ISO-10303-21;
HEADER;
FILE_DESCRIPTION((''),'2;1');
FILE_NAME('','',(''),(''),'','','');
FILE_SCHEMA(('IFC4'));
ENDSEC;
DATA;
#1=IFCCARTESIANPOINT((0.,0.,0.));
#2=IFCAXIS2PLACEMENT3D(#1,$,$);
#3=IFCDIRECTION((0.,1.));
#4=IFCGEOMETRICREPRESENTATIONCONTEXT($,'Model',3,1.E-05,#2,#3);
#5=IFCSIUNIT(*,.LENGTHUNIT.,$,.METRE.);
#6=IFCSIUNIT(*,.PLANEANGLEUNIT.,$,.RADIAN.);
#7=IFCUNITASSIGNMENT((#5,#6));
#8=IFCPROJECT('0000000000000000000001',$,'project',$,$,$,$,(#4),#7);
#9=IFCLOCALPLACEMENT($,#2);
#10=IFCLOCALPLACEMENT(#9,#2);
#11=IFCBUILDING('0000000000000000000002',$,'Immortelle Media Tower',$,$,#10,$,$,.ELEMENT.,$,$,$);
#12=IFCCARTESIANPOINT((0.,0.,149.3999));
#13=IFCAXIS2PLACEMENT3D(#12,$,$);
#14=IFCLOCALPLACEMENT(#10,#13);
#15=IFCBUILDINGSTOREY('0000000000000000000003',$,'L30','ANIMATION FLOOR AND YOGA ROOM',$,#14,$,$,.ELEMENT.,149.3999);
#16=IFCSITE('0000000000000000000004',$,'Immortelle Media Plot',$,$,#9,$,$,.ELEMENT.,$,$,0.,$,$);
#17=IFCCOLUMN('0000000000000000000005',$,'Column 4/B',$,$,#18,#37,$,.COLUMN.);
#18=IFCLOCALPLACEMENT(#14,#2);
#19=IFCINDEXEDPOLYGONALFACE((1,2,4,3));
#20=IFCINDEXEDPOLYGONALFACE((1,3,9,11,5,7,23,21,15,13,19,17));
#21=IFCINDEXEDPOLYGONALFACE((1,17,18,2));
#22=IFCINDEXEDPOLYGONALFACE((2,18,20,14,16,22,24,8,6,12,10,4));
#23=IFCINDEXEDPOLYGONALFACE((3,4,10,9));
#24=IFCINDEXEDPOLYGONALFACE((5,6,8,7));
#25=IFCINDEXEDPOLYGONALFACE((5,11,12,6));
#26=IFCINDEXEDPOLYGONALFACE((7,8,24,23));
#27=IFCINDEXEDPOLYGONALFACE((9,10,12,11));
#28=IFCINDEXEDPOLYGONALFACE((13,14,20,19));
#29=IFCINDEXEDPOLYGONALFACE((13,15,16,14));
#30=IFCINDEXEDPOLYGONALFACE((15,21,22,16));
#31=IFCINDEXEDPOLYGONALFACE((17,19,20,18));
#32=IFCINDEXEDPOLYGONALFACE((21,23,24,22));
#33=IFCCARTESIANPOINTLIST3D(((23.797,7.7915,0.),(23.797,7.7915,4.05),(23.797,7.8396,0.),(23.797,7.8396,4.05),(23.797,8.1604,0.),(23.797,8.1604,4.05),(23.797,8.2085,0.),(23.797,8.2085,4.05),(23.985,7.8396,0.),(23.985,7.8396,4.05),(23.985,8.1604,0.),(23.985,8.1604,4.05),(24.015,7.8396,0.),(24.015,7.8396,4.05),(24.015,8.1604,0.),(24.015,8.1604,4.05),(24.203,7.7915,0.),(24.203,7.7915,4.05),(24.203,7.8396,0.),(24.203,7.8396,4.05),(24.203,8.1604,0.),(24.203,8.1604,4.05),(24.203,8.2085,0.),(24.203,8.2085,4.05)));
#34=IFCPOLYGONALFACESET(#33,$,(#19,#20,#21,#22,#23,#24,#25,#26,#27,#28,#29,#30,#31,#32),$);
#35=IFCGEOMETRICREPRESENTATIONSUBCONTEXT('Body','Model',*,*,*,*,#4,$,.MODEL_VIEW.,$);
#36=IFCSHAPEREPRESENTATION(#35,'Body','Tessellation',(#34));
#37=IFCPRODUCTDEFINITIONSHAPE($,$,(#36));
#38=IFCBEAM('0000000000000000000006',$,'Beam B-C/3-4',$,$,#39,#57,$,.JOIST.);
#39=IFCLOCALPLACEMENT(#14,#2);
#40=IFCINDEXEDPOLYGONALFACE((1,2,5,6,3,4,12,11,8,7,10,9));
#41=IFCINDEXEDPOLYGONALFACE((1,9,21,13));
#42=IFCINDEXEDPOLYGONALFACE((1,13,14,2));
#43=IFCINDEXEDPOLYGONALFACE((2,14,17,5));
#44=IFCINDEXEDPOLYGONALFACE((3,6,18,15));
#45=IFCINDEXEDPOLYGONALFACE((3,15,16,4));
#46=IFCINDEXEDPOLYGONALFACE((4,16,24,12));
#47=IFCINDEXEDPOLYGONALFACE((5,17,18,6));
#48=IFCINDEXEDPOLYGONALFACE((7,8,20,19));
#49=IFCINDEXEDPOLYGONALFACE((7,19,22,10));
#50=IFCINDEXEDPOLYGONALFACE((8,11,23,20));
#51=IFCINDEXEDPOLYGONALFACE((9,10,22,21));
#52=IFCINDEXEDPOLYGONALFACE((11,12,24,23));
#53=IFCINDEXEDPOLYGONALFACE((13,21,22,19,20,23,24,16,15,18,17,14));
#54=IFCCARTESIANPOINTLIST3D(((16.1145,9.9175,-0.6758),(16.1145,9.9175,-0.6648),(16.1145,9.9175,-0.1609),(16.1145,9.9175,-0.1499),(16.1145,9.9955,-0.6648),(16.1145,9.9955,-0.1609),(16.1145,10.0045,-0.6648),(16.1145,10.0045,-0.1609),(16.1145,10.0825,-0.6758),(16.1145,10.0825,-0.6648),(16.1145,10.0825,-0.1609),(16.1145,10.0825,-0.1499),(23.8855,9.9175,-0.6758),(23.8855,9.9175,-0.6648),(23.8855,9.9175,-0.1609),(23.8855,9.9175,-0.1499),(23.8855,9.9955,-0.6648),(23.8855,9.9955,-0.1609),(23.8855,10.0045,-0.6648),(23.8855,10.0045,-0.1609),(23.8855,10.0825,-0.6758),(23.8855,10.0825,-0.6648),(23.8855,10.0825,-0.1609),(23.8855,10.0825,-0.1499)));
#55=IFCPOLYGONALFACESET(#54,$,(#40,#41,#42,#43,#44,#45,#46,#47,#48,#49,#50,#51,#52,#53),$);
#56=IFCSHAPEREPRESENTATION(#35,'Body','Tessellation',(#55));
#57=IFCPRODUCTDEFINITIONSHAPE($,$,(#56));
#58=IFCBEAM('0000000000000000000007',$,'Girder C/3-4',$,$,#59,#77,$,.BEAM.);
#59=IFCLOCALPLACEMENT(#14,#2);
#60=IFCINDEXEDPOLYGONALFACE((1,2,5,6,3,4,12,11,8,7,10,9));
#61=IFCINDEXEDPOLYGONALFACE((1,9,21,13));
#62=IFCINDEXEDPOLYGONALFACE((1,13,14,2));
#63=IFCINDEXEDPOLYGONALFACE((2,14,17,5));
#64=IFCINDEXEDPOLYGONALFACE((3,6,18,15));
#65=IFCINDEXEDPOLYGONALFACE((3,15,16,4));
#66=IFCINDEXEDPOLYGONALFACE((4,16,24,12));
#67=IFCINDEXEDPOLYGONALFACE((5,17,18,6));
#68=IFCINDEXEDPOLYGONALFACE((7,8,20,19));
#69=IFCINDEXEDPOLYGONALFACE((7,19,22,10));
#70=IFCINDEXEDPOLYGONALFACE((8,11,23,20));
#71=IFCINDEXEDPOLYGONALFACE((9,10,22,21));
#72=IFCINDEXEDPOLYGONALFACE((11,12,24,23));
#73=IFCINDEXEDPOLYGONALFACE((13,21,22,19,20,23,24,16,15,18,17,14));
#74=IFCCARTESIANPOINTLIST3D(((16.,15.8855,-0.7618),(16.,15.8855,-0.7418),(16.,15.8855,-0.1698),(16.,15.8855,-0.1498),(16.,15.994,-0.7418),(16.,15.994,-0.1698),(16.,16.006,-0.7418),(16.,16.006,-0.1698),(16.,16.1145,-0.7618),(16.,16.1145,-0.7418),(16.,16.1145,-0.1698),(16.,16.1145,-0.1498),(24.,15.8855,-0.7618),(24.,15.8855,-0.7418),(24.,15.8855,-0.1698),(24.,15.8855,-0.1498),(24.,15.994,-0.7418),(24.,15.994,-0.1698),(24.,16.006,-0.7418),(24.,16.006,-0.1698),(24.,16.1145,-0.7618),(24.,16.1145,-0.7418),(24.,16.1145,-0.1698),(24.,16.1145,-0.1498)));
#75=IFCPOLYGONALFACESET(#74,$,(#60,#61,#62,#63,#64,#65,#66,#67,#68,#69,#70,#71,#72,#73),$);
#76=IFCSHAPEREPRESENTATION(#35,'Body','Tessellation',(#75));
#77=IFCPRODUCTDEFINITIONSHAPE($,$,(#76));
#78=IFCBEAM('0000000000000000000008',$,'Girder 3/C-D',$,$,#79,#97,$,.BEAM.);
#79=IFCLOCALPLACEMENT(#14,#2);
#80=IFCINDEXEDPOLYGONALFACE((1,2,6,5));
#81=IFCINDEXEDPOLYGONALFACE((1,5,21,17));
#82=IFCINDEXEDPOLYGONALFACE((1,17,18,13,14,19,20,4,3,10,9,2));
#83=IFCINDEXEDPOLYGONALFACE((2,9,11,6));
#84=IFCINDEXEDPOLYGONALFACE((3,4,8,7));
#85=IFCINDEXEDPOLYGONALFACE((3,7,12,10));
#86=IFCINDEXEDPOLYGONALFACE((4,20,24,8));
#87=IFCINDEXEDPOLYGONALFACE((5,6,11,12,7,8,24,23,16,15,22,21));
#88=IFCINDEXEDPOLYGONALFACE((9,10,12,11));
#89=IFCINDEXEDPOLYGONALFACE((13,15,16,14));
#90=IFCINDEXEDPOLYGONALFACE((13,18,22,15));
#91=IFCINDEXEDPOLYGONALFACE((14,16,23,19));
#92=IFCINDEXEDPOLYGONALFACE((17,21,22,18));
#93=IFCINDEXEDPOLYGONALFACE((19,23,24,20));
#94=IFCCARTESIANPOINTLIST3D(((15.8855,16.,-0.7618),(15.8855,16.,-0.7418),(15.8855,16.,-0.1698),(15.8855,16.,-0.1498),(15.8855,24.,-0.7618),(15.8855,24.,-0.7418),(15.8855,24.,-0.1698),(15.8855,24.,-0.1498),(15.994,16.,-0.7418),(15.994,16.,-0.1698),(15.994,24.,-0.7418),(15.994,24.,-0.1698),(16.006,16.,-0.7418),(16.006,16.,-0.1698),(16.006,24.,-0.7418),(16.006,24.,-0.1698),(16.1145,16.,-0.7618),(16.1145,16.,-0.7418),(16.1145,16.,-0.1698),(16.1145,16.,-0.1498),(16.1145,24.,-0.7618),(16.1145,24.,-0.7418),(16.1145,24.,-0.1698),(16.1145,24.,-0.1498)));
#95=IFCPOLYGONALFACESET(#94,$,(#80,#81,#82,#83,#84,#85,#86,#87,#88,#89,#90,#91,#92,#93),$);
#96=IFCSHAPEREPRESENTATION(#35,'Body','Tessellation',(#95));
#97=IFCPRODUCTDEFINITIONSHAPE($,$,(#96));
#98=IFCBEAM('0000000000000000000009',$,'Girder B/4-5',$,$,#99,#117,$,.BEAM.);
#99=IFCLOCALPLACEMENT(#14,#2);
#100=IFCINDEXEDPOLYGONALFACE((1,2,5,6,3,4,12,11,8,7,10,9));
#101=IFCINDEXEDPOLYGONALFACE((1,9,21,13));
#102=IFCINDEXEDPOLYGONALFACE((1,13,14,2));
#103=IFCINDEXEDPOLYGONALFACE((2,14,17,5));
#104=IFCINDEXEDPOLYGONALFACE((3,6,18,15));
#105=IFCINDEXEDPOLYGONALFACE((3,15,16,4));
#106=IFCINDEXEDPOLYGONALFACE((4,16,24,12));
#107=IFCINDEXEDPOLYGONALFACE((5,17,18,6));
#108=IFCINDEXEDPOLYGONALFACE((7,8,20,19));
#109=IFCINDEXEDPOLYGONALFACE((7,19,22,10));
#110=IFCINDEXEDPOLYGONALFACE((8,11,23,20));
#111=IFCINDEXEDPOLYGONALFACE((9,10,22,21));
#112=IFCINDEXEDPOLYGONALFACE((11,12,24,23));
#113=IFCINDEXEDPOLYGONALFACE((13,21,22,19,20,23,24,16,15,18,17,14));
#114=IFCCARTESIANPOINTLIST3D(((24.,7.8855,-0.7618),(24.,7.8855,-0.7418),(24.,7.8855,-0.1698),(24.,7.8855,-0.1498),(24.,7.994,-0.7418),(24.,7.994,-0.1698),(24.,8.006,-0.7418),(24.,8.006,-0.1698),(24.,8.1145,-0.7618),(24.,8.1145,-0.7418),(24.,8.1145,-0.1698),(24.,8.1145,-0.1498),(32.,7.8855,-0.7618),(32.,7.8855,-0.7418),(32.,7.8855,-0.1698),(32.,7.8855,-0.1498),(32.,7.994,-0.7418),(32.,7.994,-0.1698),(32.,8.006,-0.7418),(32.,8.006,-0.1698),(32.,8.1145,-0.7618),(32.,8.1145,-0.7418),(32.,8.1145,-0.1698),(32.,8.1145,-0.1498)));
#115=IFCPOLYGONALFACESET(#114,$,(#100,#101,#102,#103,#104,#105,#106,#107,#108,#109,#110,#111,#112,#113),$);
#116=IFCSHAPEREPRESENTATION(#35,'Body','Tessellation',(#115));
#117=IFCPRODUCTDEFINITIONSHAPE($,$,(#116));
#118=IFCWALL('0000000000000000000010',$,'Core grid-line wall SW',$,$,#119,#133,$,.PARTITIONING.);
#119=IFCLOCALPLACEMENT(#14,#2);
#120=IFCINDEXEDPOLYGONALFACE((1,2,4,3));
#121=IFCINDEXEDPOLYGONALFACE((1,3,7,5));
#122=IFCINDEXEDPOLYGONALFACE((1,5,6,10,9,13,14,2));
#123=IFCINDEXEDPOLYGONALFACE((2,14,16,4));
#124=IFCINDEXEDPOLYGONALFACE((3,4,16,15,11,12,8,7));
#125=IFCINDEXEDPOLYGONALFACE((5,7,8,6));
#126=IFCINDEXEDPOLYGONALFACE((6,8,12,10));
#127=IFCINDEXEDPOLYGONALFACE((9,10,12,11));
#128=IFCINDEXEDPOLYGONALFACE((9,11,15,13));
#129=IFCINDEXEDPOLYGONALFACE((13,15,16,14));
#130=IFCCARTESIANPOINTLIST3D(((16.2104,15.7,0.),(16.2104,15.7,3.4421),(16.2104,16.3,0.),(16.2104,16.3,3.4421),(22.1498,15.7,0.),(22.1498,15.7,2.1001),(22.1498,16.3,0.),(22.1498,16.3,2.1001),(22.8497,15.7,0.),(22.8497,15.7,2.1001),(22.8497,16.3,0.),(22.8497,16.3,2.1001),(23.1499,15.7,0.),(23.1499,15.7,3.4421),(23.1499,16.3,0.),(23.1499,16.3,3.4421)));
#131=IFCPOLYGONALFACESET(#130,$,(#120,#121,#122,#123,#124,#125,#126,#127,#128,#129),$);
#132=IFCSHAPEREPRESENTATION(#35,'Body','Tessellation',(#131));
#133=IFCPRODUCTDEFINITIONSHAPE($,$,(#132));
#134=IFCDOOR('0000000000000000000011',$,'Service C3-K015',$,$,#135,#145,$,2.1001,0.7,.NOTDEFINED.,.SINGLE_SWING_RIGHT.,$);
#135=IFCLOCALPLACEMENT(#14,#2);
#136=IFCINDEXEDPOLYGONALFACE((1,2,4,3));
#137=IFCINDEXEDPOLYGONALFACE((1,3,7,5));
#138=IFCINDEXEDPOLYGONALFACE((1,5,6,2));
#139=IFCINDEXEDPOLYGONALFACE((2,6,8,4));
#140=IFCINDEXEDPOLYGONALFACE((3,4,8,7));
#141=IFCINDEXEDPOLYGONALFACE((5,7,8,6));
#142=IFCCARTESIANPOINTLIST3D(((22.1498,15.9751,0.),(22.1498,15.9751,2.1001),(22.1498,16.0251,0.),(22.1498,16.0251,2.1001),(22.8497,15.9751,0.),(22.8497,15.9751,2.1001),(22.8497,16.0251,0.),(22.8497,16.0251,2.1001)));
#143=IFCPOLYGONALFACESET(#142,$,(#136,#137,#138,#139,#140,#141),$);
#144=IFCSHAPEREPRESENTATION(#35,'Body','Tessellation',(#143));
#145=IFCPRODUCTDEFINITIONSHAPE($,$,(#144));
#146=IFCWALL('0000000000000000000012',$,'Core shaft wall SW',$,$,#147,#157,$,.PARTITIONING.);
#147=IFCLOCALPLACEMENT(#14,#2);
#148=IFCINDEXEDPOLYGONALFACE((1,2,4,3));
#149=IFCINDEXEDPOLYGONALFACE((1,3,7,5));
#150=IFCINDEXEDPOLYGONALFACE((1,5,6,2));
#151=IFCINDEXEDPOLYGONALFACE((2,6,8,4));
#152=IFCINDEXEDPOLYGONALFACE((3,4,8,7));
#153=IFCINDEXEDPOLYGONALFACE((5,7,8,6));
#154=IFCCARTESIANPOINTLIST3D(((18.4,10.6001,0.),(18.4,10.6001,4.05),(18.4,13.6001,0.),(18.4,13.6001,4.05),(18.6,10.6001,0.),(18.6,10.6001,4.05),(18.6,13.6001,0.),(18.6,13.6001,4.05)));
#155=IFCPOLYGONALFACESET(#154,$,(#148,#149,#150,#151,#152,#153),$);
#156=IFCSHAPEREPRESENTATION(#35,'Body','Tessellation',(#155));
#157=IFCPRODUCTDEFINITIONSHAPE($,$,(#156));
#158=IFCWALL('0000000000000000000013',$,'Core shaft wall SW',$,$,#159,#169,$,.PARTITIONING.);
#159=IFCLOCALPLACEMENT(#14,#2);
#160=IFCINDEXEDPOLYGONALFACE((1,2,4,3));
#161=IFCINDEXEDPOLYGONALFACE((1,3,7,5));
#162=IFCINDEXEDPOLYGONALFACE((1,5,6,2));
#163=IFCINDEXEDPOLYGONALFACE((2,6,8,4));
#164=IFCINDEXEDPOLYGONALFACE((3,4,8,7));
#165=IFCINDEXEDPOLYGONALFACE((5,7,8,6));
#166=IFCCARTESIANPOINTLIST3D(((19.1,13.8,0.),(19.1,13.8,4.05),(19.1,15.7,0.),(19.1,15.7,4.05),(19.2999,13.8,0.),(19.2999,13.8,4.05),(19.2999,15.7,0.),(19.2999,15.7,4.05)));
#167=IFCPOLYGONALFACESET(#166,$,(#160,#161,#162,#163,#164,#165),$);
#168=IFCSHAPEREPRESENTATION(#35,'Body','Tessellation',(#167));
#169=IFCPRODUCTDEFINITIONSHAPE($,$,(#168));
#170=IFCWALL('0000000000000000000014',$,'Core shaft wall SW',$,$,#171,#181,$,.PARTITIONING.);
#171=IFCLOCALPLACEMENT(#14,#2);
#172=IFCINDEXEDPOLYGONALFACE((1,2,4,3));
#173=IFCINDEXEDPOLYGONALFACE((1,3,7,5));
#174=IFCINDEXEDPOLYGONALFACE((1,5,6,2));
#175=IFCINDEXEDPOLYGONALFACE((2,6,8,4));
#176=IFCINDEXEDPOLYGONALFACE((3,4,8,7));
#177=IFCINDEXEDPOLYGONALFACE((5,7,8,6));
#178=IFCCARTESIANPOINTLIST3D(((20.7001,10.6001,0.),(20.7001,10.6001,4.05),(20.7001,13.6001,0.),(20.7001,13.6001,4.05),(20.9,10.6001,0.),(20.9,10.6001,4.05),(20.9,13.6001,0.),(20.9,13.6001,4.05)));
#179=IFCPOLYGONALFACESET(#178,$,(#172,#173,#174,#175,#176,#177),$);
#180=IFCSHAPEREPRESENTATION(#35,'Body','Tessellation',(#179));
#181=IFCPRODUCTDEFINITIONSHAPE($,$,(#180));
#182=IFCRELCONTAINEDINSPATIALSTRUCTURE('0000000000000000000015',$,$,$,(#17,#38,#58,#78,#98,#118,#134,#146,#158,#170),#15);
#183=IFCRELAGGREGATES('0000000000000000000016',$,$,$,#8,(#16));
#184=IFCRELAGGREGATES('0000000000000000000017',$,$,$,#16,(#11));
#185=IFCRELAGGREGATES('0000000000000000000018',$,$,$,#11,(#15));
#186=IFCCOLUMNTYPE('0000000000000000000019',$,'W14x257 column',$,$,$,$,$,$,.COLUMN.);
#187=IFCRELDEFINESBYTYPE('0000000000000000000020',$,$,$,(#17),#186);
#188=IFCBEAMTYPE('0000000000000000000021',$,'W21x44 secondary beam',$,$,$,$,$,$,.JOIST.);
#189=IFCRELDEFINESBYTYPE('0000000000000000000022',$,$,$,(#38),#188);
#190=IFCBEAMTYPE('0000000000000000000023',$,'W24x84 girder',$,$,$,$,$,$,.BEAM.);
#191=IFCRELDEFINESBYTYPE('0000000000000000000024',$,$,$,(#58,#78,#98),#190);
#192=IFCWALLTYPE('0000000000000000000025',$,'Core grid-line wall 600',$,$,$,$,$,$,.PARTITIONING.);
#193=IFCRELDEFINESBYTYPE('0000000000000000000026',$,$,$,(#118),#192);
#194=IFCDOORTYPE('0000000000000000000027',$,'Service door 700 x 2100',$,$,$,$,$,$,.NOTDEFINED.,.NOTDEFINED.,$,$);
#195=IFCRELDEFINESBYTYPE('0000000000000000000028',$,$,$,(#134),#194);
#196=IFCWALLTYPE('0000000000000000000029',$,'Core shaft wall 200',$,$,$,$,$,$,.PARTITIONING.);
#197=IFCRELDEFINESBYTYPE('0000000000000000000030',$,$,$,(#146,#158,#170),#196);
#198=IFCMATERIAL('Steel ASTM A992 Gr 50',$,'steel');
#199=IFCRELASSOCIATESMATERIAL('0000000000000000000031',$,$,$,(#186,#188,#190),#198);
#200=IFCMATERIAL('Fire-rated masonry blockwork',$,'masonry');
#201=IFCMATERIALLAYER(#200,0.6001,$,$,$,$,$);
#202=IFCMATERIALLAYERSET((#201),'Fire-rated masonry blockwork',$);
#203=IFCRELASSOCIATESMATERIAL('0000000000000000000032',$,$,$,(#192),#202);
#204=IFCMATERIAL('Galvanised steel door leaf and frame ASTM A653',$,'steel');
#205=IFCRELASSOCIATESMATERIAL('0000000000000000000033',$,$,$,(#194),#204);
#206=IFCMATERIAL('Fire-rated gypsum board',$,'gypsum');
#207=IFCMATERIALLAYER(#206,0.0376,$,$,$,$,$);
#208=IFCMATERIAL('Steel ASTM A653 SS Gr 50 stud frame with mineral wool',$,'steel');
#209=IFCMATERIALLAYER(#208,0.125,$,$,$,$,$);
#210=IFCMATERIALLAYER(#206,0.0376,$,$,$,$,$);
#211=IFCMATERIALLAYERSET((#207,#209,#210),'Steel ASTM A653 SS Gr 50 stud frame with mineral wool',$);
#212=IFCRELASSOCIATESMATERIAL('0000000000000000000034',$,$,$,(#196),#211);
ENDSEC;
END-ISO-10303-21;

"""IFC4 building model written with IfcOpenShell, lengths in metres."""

from ifc_helpers import new_model, si_unit, direction, frame, frame_2d, origin, origin_2d, place, context, subcontext, project, spatial, rectangle, i_section, extrude, material, layer, layer_set, material_profile, profile_set, type_object, element, fill, save


model = new_model("IFC4")

# Units and contexts
model_context = context("Model", 3, precision=1e-05, world=origin(), true_north=direction((0.0, 1.0)))
body_context = subcontext(model_context, "Body", "Model", "MODEL_VIEW")
ifc_project = project(units=[si_unit("LENGTHUNIT", "METRE"), si_unit("PLANEANGLEUNIT", "RADIAN")], contexts=[model_context])

# Site, building, storey
site_placement = place(None, origin())
site = spatial("IfcSite", under=ifc_project, at=site_placement, Name="Immortelle Media Plot", CompositionType="ELEMENT", RefElevation=0.0)
building_placement = place(site_placement, origin())
building = spatial("IfcBuilding", under=site, at=building_placement, Name="Immortelle Media Tower", CompositionType="ELEMENT")
storey_placement = place(building_placement, frame((0.0, 0.0, 149.3999)))
storey = spatial("IfcBuildingStorey", under=building, at=storey_placement, Name="L30", Description="ANIMATION FLOOR AND YOGA ROOM", CompositionType="ELEMENT", Elevation=149.3999)

# Column
ifc_material_1 = material(Name="Steel ASTM A992 Gr 50", Category="steel")
ifc_material_profile_1 = material_profile(ifc_material_1, i_section(OverallWidth=0.406, OverallDepth=0.417, WebThickness=0.03, FlangeThickness=0.0481, at=origin_2d()), Name="W14x257")
ifc_profile_set_1 = profile_set([ifc_material_profile_1], Name="Steel ASTM A992 Gr 50")
column_type = type_object("IfcColumnType", Name="W14x257 column", PredefinedType="COLUMN", material=ifc_profile_set_1)
column_placement = place(storey_placement, frame((24.0, 8.0, 0.0), z_axis=(0.0, 0.0, 1.0), x_axis=(1.0, 0.0, 0.0)))
element("IfcColumn", 1, at=column_placement, inside=storey, type_object=column_type, Name="Column 4/B", PredefinedType="COLUMN", context=body_context, shape_type="SweptSolid", body=[
    extrude(i_section(OverallWidth=0.406, OverallDepth=0.417, WebThickness=0.03, FlangeThickness=0.0481, at=origin_2d()), origin(), (0.0, 0.0, 1.0), 4.05),
])

# Beams
ifc_material_profile_2 = material_profile(ifc_material_1, i_section(OverallWidth=0.165, OverallDepth=0.5259, WebThickness=0.009, FlangeThickness=0.011, at=origin_2d()), Name="W21x44")
ifc_profile_set_2 = profile_set([ifc_material_profile_2], Name="Steel ASTM A992 Gr 50")
beam_type_1 = type_object("IfcBeamType", Name="W21x44 secondary beam", PredefinedType="JOIST", material=ifc_profile_set_2)
beam_placement = place(storey_placement, frame((16.1145, 10.0, -0.4128), z_axis=(1.0, 0.0, 0.0), x_axis=(0.0, 1.0, 0.0)))
element("IfcBeam", 2, at=beam_placement, inside=storey, type_object=beam_type_1, Name="Beam B-C/3-4", PredefinedType="JOIST", context=body_context, shape_type="SweptSolid", body=[
    extrude(i_section(OverallWidth=0.165, OverallDepth=0.5259, WebThickness=0.009, FlangeThickness=0.011, at=origin_2d()), origin(), (0.0, 0.0, 1.0), 7.771),
])
ifc_material_profile_3 = material_profile(ifc_material_1, i_section(OverallWidth=0.229, OverallDepth=0.6121, WebThickness=0.012, FlangeThickness=0.02, at=origin_2d()), Name="W24x84")
ifc_profile_set_3 = profile_set([ifc_material_profile_3], Name="Steel ASTM A992 Gr 50")
beam_type_2 = type_object("IfcBeamType", Name="W24x84 girder", PredefinedType="BEAM", material=ifc_profile_set_3)
for number, where, z_axis, x_axis, name in (
    (3, (16.0, 16.0, -0.4558), (1.0, 0.0, 0.0), (0.0, 1.0, 0.0), "Girder C/3-4"),
    (4, (16.0, 16.0, -0.4558), (0.0, 1.0, 0.0), (-1.0, 0.0, 0.0), "Girder 3/C-D"),
    (5, (24.0, 8.0, -0.4558), (1.0, 0.0, 0.0), (0.0, 1.0, 0.0), "Girder B/4-5"),
):
    element("IfcBeam", number, at=place(storey_placement, frame(where, z_axis=z_axis, x_axis=x_axis)), inside=storey, type_object=beam_type_2, Name=name, PredefinedType="BEAM", context=body_context, shape_type="SweptSolid", body=[
        extrude(i_section(OverallWidth=0.229, OverallDepth=0.6121, WebThickness=0.012, FlangeThickness=0.02, at=origin_2d()), origin(), (0.0, 0.0, 1.0), 8.0),
    ])

# Wall, opening, door
ifc_material_2 = material(Name="Fire-rated masonry blockwork", Category="masonry")
ifc_layer_1 = layer(ifc_material_2, 0.6001)
ifc_layer_set_1 = layer_set([ifc_layer_1], Name="Fire-rated masonry blockwork")
wall_type_1 = type_object("IfcWallType", Name="Core grid-line wall 600", PredefinedType="PARTITIONING", material=ifc_layer_set_1)
wall_1_placement = place(storey_placement, frame((16.2104, 16.0, 0.0), z_axis=(0.0, 0.0, 1.0), x_axis=(1.0, 0.0, 0.0)))
wall_1 = element("IfcWall", 6, at=wall_1_placement, inside=storey, type_object=wall_type_1, Name="Core grid-line wall SW", PredefinedType="PARTITIONING", context=body_context, shape_type="SweptSolid", body=[
    extrude(rectangle(XDim=6.9395, YDim=0.6001, at=frame_2d((3.4697, 0.0))), origin(), (0.0, 0.0, 1.0), 3.4421),
])
opening_1_placement = place(wall_1_placement, frame((6.6394, 0.0, 0.0), z_axis=(0.0, 0.0, 1.0), x_axis=(-1.0, 0.0, 0.0)))
opening_1 = element("IfcOpeningElement", 7, at=opening_1_placement, cuts=wall_1, PredefinedType="OPENING", context=body_context, shape_type="SweptSolid", body=[
    extrude(rectangle(XDim=0.7, YDim=2.1001, at=frame_2d((0.3501, 1.05))), frame((0.0, 0.3101, 0.0), z_axis=(0.0, -1.0, 0.0), x_axis=(1.0, 0.0, 0.0)), (0.0, 0.0, 1.0), 0.6201),
])
ifc_material_3 = material(Name="Galvanised steel door leaf and frame ASTM A653", Category="steel")
door_type_1 = type_object("IfcDoorType", Name="Service door 700 x 2100", OperationType="NOTDEFINED", PredefinedType="NOTDEFINED", material=ifc_material_3)
door_1_placement = place(opening_1_placement, origin())
door_1 = element("IfcDoor", 8, at=door_1_placement, inside=storey, type_object=door_type_1, Name="Service C3-K015", OperationType="SINGLE_SWING_RIGHT", OverallHeight=2.1001, OverallWidth=0.7, PredefinedType="NOTDEFINED", context=body_context, shape_type="SweptSolid", body=[
    extrude(rectangle(XDim=0.7, YDim=2.1001, at=frame_2d((0.3501, 1.05))), frame((0.0, 0.0249, 0.0), z_axis=(0.0, -1.0, 0.0), x_axis=(1.0, 0.0, 0.0)), (0.0, 0.0, 1.0), 0.05),
])
fill(opening_1, door_1)

# Walls
ifc_material_4 = material(Name="Fire-rated gypsum board", Category="gypsum")
ifc_layer_2 = layer(ifc_material_4, 0.0376)
ifc_material_5 = material(Name="Steel ASTM A653 SS Gr 50 stud frame with mineral wool", Category="steel")
ifc_layer_3 = layer(ifc_material_5, 0.125)
ifc_layer_4 = layer(ifc_material_4, 0.0376)
ifc_layer_set_2 = layer_set([ifc_layer_2, ifc_layer_3, ifc_layer_4], Name="Steel ASTM A653 SS Gr 50 stud frame with mineral wool")
wall_type_2 = type_object("IfcWallType", Name="Core shaft wall 200", PredefinedType="PARTITIONING", material=ifc_layer_set_2)
wall_2_placement = place(storey_placement, frame((18.5, 10.6001, 0.0), z_axis=(0.0, 0.0, 1.0), x_axis=(0.0, 1.0, 0.0)))
element("IfcWall", 9, at=wall_2_placement, inside=storey, type_object=wall_type_2, Name="Core shaft wall SW", PredefinedType="PARTITIONING", context=body_context, shape_type="SweptSolid", body=[
    extrude(rectangle(XDim=3.0, YDim=0.2, at=frame_2d((1.5, 0.0))), origin(), (0.0, 0.0, 1.0), 4.05),
])
wall_3_placement = place(storey_placement, frame((19.2, 13.8, 0.0), z_axis=(0.0, 0.0, 1.0), x_axis=(0.0, 1.0, 0.0)))
element("IfcWall", 10, at=wall_3_placement, inside=storey, type_object=wall_type_2, Name="Core shaft wall SW", PredefinedType="PARTITIONING", context=body_context, shape_type="SweptSolid", body=[
    extrude(rectangle(XDim=1.8999, YDim=0.2, at=frame_2d((0.95, 0.0))), origin(), (0.0, 0.0, 1.0), 4.05),
])
wall_4_placement = place(storey_placement, frame((20.8, 10.6001, 0.0), z_axis=(0.0, 0.0, 1.0), x_axis=(0.0, 1.0, 0.0)))
element("IfcWall", 11, at=wall_4_placement, inside=storey, type_object=wall_type_2, Name="Core shaft wall SW", PredefinedType="PARTITIONING", context=body_context, shape_type="SweptSolid", body=[
    extrude(rectangle(XDim=3.0, YDim=0.2, at=frame_2d((1.5, 0.0))), origin(), (0.0, 0.0, 1.0), 4.05),
])

save(model, "model.ifc")
